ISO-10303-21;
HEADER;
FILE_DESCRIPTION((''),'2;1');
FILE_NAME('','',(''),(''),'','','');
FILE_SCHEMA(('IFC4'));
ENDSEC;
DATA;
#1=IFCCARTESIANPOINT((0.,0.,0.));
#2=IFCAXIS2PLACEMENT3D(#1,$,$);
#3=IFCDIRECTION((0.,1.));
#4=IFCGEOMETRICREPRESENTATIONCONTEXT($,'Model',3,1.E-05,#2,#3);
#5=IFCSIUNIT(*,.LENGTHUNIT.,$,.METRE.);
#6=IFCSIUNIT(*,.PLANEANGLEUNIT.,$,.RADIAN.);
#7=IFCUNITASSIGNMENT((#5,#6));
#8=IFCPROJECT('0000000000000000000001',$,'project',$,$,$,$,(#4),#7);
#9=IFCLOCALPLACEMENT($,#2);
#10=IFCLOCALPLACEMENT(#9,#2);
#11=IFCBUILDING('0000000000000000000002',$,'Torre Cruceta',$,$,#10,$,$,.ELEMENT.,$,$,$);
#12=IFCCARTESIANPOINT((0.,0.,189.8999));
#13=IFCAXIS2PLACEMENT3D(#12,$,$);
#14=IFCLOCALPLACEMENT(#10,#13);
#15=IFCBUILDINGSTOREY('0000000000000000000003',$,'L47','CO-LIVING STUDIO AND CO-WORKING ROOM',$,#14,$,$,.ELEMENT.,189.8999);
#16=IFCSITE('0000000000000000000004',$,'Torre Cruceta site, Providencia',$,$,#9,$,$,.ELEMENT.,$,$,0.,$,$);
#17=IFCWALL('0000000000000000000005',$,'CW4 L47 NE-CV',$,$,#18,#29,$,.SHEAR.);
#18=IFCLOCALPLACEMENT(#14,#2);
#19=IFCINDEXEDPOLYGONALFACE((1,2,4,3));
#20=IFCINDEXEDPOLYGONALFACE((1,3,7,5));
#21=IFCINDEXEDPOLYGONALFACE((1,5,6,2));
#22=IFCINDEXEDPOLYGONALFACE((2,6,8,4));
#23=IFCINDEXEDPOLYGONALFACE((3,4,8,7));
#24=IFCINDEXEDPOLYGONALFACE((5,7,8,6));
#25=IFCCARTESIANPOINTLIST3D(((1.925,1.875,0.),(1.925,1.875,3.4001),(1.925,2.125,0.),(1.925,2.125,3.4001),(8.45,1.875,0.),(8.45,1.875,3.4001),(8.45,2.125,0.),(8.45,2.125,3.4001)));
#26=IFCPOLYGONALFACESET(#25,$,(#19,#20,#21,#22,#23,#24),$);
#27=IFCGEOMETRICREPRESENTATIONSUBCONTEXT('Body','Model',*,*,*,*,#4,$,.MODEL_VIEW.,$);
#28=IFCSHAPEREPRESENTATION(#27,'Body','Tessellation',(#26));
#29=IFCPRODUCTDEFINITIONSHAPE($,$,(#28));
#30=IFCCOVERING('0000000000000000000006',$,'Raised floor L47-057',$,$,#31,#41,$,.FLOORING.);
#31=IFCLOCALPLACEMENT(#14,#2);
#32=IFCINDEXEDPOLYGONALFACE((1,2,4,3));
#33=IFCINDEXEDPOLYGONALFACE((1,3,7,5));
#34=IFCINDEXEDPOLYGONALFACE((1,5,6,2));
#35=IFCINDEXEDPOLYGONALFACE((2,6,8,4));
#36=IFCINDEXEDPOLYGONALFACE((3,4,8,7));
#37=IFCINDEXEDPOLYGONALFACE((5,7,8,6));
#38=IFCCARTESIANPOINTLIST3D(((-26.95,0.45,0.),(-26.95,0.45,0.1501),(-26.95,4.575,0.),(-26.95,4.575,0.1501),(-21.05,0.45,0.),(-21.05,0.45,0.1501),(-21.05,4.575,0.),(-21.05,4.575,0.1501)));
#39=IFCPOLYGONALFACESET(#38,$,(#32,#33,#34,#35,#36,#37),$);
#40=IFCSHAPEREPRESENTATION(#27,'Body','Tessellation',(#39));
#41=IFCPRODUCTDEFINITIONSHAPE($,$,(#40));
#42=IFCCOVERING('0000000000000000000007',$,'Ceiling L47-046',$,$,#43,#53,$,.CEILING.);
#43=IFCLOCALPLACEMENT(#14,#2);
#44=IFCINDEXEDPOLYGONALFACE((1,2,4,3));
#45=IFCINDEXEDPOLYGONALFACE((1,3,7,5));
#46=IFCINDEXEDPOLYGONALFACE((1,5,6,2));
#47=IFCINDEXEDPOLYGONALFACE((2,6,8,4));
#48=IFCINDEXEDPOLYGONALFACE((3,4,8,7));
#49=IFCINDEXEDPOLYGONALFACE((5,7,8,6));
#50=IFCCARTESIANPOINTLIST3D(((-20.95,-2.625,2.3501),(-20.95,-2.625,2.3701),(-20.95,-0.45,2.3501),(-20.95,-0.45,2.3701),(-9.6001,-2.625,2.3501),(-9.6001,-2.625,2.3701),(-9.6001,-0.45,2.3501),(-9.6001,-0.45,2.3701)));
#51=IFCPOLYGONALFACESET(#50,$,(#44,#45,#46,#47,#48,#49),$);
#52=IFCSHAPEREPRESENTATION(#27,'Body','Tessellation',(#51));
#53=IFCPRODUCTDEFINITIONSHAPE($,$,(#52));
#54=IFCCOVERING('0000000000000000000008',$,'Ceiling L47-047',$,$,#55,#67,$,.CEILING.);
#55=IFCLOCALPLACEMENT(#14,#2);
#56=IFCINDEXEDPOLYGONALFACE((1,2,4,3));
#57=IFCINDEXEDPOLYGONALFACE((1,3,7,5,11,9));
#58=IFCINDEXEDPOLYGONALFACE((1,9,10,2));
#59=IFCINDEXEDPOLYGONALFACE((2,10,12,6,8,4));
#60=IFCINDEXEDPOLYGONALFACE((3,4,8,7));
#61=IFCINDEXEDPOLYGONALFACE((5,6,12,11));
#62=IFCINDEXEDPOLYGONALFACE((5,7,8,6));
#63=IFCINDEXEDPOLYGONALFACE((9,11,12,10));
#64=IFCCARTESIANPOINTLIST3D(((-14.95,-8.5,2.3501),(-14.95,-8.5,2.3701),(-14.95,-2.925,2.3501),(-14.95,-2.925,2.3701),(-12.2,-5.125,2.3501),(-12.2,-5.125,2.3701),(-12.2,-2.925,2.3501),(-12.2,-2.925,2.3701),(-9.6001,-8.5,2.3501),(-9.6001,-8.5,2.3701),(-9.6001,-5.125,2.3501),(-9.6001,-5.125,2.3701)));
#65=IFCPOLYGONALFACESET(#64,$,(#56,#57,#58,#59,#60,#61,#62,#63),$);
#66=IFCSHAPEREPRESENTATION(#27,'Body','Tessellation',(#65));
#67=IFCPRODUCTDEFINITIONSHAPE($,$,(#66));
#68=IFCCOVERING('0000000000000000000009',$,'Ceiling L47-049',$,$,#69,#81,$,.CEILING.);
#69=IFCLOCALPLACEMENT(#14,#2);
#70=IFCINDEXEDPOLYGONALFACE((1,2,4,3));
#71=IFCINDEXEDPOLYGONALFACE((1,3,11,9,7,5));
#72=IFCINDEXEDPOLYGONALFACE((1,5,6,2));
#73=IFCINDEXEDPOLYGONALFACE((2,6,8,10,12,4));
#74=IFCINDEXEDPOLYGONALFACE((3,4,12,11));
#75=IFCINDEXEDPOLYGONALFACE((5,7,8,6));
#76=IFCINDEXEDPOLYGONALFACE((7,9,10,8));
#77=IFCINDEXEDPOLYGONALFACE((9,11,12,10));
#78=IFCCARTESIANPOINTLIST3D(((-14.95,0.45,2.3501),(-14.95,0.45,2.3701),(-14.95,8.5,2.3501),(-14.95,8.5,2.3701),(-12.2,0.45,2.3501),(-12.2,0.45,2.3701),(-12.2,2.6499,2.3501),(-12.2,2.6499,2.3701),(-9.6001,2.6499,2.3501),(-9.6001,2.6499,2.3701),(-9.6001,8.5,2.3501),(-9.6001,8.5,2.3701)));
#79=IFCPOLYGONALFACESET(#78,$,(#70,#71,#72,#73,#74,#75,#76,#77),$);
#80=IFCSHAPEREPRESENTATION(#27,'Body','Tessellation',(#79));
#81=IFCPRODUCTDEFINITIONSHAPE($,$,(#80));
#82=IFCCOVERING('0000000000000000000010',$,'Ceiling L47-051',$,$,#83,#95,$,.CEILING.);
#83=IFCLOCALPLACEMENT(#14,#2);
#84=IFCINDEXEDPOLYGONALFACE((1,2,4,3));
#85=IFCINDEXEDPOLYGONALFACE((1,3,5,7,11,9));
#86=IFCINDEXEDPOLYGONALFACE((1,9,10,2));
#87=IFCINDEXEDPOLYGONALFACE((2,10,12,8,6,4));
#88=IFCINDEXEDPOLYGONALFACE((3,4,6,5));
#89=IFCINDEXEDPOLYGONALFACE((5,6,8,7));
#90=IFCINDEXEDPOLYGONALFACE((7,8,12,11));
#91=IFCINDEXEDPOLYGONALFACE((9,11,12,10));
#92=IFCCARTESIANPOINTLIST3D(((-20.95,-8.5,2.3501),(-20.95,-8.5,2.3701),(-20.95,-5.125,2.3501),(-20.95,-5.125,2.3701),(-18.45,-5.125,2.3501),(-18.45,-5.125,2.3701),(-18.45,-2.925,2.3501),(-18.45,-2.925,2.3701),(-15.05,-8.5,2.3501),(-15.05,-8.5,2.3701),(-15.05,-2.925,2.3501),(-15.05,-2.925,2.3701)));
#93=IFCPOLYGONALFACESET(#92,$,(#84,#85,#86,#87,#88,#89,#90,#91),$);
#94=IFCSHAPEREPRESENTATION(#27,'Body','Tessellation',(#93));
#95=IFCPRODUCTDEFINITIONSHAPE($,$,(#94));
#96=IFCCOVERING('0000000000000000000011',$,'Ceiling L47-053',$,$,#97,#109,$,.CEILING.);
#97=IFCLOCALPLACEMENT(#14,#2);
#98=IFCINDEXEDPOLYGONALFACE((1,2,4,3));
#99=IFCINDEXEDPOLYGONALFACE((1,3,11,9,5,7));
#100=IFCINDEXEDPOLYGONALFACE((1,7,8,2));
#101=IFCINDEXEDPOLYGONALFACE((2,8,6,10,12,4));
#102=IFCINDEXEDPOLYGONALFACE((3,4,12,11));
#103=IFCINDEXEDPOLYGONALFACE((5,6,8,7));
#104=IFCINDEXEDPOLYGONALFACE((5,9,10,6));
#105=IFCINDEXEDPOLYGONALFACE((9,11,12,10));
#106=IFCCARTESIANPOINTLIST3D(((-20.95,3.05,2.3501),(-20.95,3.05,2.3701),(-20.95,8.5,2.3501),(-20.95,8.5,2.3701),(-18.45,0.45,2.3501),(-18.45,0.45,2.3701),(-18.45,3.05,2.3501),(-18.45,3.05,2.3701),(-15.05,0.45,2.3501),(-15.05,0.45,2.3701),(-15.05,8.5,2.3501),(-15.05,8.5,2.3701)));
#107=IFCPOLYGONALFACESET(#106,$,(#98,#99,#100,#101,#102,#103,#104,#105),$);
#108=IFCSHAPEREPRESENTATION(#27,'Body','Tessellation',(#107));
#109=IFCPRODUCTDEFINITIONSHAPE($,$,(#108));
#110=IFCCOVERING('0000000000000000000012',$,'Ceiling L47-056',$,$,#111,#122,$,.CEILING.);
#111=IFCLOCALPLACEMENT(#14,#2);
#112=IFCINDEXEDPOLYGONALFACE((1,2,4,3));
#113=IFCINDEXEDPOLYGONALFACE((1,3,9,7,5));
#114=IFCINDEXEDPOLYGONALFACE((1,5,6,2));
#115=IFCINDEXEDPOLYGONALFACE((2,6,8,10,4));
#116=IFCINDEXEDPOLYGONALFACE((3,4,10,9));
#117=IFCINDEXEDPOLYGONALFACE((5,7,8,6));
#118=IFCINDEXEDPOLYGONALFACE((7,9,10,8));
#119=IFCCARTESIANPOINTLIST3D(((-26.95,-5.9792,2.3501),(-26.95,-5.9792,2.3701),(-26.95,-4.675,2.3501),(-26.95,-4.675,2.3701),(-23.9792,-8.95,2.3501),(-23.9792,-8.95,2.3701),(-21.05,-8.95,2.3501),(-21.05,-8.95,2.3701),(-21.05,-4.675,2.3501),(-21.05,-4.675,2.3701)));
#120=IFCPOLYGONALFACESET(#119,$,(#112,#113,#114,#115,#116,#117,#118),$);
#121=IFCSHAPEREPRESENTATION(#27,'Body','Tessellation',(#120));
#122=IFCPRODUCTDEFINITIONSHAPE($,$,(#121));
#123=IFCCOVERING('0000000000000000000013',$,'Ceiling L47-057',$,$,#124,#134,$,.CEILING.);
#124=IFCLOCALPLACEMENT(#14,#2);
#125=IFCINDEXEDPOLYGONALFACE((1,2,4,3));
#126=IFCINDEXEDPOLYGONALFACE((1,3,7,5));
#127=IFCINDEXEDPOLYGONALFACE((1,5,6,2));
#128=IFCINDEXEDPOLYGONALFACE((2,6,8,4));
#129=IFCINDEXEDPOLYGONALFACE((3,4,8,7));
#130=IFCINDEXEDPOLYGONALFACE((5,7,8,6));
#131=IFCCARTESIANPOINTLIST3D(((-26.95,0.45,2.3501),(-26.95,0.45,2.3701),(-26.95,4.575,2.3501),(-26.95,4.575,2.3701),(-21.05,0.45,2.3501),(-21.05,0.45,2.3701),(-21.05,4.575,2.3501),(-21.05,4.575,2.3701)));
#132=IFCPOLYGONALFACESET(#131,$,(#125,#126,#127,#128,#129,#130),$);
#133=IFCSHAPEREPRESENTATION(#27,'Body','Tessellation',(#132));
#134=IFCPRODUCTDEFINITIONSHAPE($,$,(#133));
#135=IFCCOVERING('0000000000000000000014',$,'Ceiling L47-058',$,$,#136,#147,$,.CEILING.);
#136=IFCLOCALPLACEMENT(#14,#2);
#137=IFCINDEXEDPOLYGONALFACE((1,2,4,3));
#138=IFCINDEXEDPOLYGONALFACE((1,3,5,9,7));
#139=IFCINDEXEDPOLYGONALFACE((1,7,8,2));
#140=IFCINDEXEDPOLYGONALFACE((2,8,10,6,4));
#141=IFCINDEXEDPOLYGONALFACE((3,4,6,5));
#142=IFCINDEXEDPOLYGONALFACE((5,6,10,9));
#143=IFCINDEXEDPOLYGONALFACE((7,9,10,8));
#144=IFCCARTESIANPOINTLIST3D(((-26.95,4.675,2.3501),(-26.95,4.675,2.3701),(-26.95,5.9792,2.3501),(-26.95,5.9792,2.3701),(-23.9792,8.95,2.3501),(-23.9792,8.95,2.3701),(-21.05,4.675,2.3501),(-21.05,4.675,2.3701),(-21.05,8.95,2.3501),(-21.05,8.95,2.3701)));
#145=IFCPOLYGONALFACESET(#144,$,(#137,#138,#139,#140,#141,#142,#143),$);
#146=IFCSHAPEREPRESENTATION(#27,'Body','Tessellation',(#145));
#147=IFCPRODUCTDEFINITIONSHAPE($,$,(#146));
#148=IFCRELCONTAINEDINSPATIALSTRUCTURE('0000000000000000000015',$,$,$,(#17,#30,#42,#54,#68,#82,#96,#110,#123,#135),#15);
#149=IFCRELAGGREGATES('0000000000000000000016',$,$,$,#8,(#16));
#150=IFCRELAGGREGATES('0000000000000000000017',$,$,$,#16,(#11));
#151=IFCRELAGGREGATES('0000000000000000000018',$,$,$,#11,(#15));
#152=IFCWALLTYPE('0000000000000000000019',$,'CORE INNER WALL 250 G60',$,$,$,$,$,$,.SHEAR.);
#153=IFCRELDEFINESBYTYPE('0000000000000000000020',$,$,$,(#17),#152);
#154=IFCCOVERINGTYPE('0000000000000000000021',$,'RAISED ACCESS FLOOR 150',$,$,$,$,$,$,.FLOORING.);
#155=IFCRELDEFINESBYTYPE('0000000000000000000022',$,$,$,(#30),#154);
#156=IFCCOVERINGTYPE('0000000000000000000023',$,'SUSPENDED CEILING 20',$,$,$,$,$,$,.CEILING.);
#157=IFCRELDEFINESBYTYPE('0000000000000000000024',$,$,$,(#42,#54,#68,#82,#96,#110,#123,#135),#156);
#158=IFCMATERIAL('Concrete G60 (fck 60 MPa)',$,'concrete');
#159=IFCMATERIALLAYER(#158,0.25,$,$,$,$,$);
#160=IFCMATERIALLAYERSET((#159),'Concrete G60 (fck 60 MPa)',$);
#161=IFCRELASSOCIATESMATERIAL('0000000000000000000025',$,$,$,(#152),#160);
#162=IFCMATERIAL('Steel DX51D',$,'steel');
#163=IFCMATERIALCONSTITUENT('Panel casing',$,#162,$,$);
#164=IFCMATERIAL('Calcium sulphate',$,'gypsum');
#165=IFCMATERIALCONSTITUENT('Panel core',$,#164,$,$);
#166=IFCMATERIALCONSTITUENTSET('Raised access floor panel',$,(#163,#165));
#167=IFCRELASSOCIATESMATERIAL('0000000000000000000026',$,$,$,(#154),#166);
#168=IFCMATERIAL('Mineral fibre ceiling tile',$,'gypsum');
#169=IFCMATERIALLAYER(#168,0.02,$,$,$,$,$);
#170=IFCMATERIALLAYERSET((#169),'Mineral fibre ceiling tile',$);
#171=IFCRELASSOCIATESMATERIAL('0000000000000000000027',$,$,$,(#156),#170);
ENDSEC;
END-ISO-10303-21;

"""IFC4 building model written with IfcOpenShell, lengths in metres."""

from ifc_helpers import new_model, si_unit, direction, frame, frame_2d, origin, place, context, subcontext, project, spatial, polyline, rectangle, outline, extrude, material, layer, layer_set, constituent, constituent_set, type_object, element, save


model = new_model("IFC4")

# Units and contexts
model_context = context("Model", 3, precision=1e-05, world=origin(), true_north=direction((0.0, 1.0)))
body_context = subcontext(model_context, "Body", "Model", "MODEL_VIEW")
ifc_project = project(units=[si_unit("LENGTHUNIT", "METRE"), si_unit("PLANEANGLEUNIT", "RADIAN")], contexts=[model_context])

# Site, building, storey
site_placement = place(None, origin())
site = spatial("IfcSite", under=ifc_project, at=site_placement, Name="Torre Cruceta site, Providencia", CompositionType="ELEMENT", RefElevation=0.0)
building_placement = place(site_placement, origin())
building = spatial("IfcBuilding", under=site, at=building_placement, Name="Torre Cruceta", CompositionType="ELEMENT")
storey_placement = place(building_placement, frame((0.0, 0.0, 189.8999)))
storey = spatial("IfcBuildingStorey", under=building, at=storey_placement, Name="L47", Description="CO-LIVING STUDIO AND CO-WORKING ROOM", CompositionType="ELEMENT", Elevation=189.8999)

# Shared definitions
ifc_material_1 = material(Name="Concrete G60 (fck 60 MPa)", Category="concrete")
ifc_layer_1 = layer(ifc_material_1, 0.25)
ifc_layer_set_1 = layer_set([ifc_layer_1], Name="Concrete G60 (fck 60 MPa)")
wall_type = type_object("IfcWallType", Name="CORE INNER WALL 250 G60", PredefinedType="SHEAR", material=ifc_layer_set_1)

# Wall
wall_1_placement = place(storey_placement, frame((1.925, 2.0, 0.0), z_axis=(0.0, 0.0, 1.0), x_axis=(1.0, 0.0, 0.0)))
element("IfcWall", 1, at=wall_1_placement, inside=storey, type_object=wall_type, Name="CW4 L47 NE-CV", PredefinedType="SHEAR", context=body_context, shape_type="SweptSolid", body=[
    extrude(rectangle(XDim=6.5249, YDim=0.25, at=frame_2d((3.2625, 0.0))), origin(), (0.0, 0.0, 1.0), 3.4001),
])

# Coverings
ifc_material_2 = material(Name="Steel DX51D", Category="steel")
ifc_constituent_1 = constituent(ifc_material_2, Name="Panel casing")
ifc_material_3 = material(Name="Calcium sulphate", Category="gypsum")
ifc_constituent_2 = constituent(ifc_material_3, Name="Panel core")
ifc_constituent_set_1 = constituent_set(constituents=[ifc_constituent_1, ifc_constituent_2], Name="Raised access floor panel")
covering_type_1 = type_object("IfcCoveringType", Name="RAISED ACCESS FLOOR 150", PredefinedType="FLOORING", material=ifc_constituent_set_1)
covering_1_placement = place(storey_placement, origin())
element("IfcCovering", 2, at=covering_1_placement, inside=storey, type_object=covering_type_1, Name="Raised floor L47-057", PredefinedType="FLOORING", context=body_context, shape_type="SweptSolid", body=[
    extrude(outline(polyline([(-26.95, 4.575), (-21.05, 4.575), (-21.05, 0.45), (-26.95, 0.45), (-26.95, 4.575)])), origin(), (0.0, 0.0, 1.0), 0.1501),
])
ifc_material_4 = material(Name="Mineral fibre ceiling tile", Category="gypsum")
ifc_layer_2 = layer(ifc_material_4, 0.02)
ifc_layer_set_2 = layer_set([ifc_layer_2], Name="Mineral fibre ceiling tile")
covering_type_2 = type_object("IfcCoveringType", Name="SUSPENDED CEILING 20", PredefinedType="CEILING", material=ifc_layer_set_2)
covering_2_placement = place(storey_placement, frame((0.0, 0.0, 2.3501)))
element("IfcCovering", 3, at=covering_2_placement, inside=storey, type_object=covering_type_2, Name="Ceiling L47-046", PredefinedType="CEILING", context=body_context, shape_type="SweptSolid", body=[
    extrude(outline(polyline([(-9.6001, -0.45), (-9.6001, -2.625), (-20.95, -2.625), (-20.95, -0.45), (-9.6001, -0.45)])), origin(), (0.0, 0.0, 1.0), 0.02),
])
covering_3_placement = place(storey_placement, frame((0.0, 0.0, 2.3501)))
element("IfcCovering", 4, at=covering_3_placement, inside=storey, type_object=covering_type_2, Name="Ceiling L47-047", PredefinedType="CEILING", context=body_context, shape_type="SweptSolid", body=[
    extrude(outline(polyline([(-9.6001, -8.5), (-14.95, -8.5), (-14.95, -2.925), (-12.2, -2.925), (-12.2, -5.125), (-9.6001, -5.125), (-9.6001, -8.5)])), origin(), (0.0, 0.0, 1.0), 0.02),
])
covering_4_placement = place(storey_placement, frame((0.0, 0.0, 2.3501)))
element("IfcCovering", 5, at=covering_4_placement, inside=storey, type_object=covering_type_2, Name="Ceiling L47-049", PredefinedType="CEILING", context=body_context, shape_type="SweptSolid", body=[
    extrude(outline(polyline([(-14.95, 0.45), (-14.95, 8.5), (-9.6001, 8.5), (-9.6001, 2.6499), (-12.2, 2.6499), (-12.2, 0.45), (-14.95, 0.45)])), origin(), (0.0, 0.0, 1.0), 0.02),
])
covering_5_placement = place(storey_placement, frame((0.0, 0.0, 2.3501)))
element("IfcCovering", 6, at=covering_5_placement, inside=storey, type_object=covering_type_2, Name="Ceiling L47-051", PredefinedType="CEILING", context=body_context, shape_type="SweptSolid", body=[
    extrude(outline(polyline([(-15.05, -2.925), (-15.05, -8.5), (-20.95, -8.5), (-20.95, -5.125), (-18.45, -5.125), (-18.45, -2.925), (-15.05, -2.925)])), origin(), (0.0, 0.0, 1.0), 0.02),
])
covering_6_placement = place(storey_placement, frame((0.0, 0.0, 2.3501)))
element("IfcCovering", 7, at=covering_6_placement, inside=storey, type_object=covering_type_2, Name="Ceiling L47-053", PredefinedType="CEILING", context=body_context, shape_type="SweptSolid", body=[
    extrude(outline(polyline([(-20.95, 8.5), (-15.05, 8.5), (-15.05, 0.45), (-18.45, 0.45), (-18.45, 3.05), (-20.95, 3.05), (-20.95, 8.5)])), origin(), (0.0, 0.0, 1.0), 0.02),
])
covering_7_placement = place(storey_placement, frame((0.0, 0.0, 2.3501)))
element("IfcCovering", 8, at=covering_7_placement, inside=storey, type_object=covering_type_2, Name="Ceiling L47-056", PredefinedType="CEILING", context=body_context, shape_type="SweptSolid", body=[
    extrude(outline(polyline([(-23.9792, -8.95), (-26.95, -5.9792), (-26.95, -4.675), (-21.05, -4.675), (-21.05, -8.95), (-23.9792, -8.95)])), origin(), (0.0, 0.0, 1.0), 0.02),
])
covering_8_placement = place(storey_placement, frame((0.0, 0.0, 2.3501)))
element("IfcCovering", 9, at=covering_8_placement, inside=storey, type_object=covering_type_2, Name="Ceiling L47-057", PredefinedType="CEILING", context=body_context, shape_type="SweptSolid", body=[
    extrude(outline(polyline([(-26.95, 4.575), (-21.05, 4.575), (-21.05, 0.45), (-26.95, 0.45), (-26.95, 4.575)])), origin(), (0.0, 0.0, 1.0), 0.02),
])
covering_9_placement = place(storey_placement, frame((0.0, 0.0, 2.3501)))
element("IfcCovering", 10, at=covering_9_placement, inside=storey, type_object=covering_type_2, Name="Ceiling L47-058", PredefinedType="CEILING", context=body_context, shape_type="SweptSolid", body=[
    extrude(outline(polyline([(-23.9792, 8.95), (-21.05, 8.95), (-21.05, 4.675), (-26.95, 4.675), (-26.95, 5.9792), (-23.9792, 8.95)])), origin(), (0.0, 0.0, 1.0), 0.02),
])

save(model, "model.ifc")
